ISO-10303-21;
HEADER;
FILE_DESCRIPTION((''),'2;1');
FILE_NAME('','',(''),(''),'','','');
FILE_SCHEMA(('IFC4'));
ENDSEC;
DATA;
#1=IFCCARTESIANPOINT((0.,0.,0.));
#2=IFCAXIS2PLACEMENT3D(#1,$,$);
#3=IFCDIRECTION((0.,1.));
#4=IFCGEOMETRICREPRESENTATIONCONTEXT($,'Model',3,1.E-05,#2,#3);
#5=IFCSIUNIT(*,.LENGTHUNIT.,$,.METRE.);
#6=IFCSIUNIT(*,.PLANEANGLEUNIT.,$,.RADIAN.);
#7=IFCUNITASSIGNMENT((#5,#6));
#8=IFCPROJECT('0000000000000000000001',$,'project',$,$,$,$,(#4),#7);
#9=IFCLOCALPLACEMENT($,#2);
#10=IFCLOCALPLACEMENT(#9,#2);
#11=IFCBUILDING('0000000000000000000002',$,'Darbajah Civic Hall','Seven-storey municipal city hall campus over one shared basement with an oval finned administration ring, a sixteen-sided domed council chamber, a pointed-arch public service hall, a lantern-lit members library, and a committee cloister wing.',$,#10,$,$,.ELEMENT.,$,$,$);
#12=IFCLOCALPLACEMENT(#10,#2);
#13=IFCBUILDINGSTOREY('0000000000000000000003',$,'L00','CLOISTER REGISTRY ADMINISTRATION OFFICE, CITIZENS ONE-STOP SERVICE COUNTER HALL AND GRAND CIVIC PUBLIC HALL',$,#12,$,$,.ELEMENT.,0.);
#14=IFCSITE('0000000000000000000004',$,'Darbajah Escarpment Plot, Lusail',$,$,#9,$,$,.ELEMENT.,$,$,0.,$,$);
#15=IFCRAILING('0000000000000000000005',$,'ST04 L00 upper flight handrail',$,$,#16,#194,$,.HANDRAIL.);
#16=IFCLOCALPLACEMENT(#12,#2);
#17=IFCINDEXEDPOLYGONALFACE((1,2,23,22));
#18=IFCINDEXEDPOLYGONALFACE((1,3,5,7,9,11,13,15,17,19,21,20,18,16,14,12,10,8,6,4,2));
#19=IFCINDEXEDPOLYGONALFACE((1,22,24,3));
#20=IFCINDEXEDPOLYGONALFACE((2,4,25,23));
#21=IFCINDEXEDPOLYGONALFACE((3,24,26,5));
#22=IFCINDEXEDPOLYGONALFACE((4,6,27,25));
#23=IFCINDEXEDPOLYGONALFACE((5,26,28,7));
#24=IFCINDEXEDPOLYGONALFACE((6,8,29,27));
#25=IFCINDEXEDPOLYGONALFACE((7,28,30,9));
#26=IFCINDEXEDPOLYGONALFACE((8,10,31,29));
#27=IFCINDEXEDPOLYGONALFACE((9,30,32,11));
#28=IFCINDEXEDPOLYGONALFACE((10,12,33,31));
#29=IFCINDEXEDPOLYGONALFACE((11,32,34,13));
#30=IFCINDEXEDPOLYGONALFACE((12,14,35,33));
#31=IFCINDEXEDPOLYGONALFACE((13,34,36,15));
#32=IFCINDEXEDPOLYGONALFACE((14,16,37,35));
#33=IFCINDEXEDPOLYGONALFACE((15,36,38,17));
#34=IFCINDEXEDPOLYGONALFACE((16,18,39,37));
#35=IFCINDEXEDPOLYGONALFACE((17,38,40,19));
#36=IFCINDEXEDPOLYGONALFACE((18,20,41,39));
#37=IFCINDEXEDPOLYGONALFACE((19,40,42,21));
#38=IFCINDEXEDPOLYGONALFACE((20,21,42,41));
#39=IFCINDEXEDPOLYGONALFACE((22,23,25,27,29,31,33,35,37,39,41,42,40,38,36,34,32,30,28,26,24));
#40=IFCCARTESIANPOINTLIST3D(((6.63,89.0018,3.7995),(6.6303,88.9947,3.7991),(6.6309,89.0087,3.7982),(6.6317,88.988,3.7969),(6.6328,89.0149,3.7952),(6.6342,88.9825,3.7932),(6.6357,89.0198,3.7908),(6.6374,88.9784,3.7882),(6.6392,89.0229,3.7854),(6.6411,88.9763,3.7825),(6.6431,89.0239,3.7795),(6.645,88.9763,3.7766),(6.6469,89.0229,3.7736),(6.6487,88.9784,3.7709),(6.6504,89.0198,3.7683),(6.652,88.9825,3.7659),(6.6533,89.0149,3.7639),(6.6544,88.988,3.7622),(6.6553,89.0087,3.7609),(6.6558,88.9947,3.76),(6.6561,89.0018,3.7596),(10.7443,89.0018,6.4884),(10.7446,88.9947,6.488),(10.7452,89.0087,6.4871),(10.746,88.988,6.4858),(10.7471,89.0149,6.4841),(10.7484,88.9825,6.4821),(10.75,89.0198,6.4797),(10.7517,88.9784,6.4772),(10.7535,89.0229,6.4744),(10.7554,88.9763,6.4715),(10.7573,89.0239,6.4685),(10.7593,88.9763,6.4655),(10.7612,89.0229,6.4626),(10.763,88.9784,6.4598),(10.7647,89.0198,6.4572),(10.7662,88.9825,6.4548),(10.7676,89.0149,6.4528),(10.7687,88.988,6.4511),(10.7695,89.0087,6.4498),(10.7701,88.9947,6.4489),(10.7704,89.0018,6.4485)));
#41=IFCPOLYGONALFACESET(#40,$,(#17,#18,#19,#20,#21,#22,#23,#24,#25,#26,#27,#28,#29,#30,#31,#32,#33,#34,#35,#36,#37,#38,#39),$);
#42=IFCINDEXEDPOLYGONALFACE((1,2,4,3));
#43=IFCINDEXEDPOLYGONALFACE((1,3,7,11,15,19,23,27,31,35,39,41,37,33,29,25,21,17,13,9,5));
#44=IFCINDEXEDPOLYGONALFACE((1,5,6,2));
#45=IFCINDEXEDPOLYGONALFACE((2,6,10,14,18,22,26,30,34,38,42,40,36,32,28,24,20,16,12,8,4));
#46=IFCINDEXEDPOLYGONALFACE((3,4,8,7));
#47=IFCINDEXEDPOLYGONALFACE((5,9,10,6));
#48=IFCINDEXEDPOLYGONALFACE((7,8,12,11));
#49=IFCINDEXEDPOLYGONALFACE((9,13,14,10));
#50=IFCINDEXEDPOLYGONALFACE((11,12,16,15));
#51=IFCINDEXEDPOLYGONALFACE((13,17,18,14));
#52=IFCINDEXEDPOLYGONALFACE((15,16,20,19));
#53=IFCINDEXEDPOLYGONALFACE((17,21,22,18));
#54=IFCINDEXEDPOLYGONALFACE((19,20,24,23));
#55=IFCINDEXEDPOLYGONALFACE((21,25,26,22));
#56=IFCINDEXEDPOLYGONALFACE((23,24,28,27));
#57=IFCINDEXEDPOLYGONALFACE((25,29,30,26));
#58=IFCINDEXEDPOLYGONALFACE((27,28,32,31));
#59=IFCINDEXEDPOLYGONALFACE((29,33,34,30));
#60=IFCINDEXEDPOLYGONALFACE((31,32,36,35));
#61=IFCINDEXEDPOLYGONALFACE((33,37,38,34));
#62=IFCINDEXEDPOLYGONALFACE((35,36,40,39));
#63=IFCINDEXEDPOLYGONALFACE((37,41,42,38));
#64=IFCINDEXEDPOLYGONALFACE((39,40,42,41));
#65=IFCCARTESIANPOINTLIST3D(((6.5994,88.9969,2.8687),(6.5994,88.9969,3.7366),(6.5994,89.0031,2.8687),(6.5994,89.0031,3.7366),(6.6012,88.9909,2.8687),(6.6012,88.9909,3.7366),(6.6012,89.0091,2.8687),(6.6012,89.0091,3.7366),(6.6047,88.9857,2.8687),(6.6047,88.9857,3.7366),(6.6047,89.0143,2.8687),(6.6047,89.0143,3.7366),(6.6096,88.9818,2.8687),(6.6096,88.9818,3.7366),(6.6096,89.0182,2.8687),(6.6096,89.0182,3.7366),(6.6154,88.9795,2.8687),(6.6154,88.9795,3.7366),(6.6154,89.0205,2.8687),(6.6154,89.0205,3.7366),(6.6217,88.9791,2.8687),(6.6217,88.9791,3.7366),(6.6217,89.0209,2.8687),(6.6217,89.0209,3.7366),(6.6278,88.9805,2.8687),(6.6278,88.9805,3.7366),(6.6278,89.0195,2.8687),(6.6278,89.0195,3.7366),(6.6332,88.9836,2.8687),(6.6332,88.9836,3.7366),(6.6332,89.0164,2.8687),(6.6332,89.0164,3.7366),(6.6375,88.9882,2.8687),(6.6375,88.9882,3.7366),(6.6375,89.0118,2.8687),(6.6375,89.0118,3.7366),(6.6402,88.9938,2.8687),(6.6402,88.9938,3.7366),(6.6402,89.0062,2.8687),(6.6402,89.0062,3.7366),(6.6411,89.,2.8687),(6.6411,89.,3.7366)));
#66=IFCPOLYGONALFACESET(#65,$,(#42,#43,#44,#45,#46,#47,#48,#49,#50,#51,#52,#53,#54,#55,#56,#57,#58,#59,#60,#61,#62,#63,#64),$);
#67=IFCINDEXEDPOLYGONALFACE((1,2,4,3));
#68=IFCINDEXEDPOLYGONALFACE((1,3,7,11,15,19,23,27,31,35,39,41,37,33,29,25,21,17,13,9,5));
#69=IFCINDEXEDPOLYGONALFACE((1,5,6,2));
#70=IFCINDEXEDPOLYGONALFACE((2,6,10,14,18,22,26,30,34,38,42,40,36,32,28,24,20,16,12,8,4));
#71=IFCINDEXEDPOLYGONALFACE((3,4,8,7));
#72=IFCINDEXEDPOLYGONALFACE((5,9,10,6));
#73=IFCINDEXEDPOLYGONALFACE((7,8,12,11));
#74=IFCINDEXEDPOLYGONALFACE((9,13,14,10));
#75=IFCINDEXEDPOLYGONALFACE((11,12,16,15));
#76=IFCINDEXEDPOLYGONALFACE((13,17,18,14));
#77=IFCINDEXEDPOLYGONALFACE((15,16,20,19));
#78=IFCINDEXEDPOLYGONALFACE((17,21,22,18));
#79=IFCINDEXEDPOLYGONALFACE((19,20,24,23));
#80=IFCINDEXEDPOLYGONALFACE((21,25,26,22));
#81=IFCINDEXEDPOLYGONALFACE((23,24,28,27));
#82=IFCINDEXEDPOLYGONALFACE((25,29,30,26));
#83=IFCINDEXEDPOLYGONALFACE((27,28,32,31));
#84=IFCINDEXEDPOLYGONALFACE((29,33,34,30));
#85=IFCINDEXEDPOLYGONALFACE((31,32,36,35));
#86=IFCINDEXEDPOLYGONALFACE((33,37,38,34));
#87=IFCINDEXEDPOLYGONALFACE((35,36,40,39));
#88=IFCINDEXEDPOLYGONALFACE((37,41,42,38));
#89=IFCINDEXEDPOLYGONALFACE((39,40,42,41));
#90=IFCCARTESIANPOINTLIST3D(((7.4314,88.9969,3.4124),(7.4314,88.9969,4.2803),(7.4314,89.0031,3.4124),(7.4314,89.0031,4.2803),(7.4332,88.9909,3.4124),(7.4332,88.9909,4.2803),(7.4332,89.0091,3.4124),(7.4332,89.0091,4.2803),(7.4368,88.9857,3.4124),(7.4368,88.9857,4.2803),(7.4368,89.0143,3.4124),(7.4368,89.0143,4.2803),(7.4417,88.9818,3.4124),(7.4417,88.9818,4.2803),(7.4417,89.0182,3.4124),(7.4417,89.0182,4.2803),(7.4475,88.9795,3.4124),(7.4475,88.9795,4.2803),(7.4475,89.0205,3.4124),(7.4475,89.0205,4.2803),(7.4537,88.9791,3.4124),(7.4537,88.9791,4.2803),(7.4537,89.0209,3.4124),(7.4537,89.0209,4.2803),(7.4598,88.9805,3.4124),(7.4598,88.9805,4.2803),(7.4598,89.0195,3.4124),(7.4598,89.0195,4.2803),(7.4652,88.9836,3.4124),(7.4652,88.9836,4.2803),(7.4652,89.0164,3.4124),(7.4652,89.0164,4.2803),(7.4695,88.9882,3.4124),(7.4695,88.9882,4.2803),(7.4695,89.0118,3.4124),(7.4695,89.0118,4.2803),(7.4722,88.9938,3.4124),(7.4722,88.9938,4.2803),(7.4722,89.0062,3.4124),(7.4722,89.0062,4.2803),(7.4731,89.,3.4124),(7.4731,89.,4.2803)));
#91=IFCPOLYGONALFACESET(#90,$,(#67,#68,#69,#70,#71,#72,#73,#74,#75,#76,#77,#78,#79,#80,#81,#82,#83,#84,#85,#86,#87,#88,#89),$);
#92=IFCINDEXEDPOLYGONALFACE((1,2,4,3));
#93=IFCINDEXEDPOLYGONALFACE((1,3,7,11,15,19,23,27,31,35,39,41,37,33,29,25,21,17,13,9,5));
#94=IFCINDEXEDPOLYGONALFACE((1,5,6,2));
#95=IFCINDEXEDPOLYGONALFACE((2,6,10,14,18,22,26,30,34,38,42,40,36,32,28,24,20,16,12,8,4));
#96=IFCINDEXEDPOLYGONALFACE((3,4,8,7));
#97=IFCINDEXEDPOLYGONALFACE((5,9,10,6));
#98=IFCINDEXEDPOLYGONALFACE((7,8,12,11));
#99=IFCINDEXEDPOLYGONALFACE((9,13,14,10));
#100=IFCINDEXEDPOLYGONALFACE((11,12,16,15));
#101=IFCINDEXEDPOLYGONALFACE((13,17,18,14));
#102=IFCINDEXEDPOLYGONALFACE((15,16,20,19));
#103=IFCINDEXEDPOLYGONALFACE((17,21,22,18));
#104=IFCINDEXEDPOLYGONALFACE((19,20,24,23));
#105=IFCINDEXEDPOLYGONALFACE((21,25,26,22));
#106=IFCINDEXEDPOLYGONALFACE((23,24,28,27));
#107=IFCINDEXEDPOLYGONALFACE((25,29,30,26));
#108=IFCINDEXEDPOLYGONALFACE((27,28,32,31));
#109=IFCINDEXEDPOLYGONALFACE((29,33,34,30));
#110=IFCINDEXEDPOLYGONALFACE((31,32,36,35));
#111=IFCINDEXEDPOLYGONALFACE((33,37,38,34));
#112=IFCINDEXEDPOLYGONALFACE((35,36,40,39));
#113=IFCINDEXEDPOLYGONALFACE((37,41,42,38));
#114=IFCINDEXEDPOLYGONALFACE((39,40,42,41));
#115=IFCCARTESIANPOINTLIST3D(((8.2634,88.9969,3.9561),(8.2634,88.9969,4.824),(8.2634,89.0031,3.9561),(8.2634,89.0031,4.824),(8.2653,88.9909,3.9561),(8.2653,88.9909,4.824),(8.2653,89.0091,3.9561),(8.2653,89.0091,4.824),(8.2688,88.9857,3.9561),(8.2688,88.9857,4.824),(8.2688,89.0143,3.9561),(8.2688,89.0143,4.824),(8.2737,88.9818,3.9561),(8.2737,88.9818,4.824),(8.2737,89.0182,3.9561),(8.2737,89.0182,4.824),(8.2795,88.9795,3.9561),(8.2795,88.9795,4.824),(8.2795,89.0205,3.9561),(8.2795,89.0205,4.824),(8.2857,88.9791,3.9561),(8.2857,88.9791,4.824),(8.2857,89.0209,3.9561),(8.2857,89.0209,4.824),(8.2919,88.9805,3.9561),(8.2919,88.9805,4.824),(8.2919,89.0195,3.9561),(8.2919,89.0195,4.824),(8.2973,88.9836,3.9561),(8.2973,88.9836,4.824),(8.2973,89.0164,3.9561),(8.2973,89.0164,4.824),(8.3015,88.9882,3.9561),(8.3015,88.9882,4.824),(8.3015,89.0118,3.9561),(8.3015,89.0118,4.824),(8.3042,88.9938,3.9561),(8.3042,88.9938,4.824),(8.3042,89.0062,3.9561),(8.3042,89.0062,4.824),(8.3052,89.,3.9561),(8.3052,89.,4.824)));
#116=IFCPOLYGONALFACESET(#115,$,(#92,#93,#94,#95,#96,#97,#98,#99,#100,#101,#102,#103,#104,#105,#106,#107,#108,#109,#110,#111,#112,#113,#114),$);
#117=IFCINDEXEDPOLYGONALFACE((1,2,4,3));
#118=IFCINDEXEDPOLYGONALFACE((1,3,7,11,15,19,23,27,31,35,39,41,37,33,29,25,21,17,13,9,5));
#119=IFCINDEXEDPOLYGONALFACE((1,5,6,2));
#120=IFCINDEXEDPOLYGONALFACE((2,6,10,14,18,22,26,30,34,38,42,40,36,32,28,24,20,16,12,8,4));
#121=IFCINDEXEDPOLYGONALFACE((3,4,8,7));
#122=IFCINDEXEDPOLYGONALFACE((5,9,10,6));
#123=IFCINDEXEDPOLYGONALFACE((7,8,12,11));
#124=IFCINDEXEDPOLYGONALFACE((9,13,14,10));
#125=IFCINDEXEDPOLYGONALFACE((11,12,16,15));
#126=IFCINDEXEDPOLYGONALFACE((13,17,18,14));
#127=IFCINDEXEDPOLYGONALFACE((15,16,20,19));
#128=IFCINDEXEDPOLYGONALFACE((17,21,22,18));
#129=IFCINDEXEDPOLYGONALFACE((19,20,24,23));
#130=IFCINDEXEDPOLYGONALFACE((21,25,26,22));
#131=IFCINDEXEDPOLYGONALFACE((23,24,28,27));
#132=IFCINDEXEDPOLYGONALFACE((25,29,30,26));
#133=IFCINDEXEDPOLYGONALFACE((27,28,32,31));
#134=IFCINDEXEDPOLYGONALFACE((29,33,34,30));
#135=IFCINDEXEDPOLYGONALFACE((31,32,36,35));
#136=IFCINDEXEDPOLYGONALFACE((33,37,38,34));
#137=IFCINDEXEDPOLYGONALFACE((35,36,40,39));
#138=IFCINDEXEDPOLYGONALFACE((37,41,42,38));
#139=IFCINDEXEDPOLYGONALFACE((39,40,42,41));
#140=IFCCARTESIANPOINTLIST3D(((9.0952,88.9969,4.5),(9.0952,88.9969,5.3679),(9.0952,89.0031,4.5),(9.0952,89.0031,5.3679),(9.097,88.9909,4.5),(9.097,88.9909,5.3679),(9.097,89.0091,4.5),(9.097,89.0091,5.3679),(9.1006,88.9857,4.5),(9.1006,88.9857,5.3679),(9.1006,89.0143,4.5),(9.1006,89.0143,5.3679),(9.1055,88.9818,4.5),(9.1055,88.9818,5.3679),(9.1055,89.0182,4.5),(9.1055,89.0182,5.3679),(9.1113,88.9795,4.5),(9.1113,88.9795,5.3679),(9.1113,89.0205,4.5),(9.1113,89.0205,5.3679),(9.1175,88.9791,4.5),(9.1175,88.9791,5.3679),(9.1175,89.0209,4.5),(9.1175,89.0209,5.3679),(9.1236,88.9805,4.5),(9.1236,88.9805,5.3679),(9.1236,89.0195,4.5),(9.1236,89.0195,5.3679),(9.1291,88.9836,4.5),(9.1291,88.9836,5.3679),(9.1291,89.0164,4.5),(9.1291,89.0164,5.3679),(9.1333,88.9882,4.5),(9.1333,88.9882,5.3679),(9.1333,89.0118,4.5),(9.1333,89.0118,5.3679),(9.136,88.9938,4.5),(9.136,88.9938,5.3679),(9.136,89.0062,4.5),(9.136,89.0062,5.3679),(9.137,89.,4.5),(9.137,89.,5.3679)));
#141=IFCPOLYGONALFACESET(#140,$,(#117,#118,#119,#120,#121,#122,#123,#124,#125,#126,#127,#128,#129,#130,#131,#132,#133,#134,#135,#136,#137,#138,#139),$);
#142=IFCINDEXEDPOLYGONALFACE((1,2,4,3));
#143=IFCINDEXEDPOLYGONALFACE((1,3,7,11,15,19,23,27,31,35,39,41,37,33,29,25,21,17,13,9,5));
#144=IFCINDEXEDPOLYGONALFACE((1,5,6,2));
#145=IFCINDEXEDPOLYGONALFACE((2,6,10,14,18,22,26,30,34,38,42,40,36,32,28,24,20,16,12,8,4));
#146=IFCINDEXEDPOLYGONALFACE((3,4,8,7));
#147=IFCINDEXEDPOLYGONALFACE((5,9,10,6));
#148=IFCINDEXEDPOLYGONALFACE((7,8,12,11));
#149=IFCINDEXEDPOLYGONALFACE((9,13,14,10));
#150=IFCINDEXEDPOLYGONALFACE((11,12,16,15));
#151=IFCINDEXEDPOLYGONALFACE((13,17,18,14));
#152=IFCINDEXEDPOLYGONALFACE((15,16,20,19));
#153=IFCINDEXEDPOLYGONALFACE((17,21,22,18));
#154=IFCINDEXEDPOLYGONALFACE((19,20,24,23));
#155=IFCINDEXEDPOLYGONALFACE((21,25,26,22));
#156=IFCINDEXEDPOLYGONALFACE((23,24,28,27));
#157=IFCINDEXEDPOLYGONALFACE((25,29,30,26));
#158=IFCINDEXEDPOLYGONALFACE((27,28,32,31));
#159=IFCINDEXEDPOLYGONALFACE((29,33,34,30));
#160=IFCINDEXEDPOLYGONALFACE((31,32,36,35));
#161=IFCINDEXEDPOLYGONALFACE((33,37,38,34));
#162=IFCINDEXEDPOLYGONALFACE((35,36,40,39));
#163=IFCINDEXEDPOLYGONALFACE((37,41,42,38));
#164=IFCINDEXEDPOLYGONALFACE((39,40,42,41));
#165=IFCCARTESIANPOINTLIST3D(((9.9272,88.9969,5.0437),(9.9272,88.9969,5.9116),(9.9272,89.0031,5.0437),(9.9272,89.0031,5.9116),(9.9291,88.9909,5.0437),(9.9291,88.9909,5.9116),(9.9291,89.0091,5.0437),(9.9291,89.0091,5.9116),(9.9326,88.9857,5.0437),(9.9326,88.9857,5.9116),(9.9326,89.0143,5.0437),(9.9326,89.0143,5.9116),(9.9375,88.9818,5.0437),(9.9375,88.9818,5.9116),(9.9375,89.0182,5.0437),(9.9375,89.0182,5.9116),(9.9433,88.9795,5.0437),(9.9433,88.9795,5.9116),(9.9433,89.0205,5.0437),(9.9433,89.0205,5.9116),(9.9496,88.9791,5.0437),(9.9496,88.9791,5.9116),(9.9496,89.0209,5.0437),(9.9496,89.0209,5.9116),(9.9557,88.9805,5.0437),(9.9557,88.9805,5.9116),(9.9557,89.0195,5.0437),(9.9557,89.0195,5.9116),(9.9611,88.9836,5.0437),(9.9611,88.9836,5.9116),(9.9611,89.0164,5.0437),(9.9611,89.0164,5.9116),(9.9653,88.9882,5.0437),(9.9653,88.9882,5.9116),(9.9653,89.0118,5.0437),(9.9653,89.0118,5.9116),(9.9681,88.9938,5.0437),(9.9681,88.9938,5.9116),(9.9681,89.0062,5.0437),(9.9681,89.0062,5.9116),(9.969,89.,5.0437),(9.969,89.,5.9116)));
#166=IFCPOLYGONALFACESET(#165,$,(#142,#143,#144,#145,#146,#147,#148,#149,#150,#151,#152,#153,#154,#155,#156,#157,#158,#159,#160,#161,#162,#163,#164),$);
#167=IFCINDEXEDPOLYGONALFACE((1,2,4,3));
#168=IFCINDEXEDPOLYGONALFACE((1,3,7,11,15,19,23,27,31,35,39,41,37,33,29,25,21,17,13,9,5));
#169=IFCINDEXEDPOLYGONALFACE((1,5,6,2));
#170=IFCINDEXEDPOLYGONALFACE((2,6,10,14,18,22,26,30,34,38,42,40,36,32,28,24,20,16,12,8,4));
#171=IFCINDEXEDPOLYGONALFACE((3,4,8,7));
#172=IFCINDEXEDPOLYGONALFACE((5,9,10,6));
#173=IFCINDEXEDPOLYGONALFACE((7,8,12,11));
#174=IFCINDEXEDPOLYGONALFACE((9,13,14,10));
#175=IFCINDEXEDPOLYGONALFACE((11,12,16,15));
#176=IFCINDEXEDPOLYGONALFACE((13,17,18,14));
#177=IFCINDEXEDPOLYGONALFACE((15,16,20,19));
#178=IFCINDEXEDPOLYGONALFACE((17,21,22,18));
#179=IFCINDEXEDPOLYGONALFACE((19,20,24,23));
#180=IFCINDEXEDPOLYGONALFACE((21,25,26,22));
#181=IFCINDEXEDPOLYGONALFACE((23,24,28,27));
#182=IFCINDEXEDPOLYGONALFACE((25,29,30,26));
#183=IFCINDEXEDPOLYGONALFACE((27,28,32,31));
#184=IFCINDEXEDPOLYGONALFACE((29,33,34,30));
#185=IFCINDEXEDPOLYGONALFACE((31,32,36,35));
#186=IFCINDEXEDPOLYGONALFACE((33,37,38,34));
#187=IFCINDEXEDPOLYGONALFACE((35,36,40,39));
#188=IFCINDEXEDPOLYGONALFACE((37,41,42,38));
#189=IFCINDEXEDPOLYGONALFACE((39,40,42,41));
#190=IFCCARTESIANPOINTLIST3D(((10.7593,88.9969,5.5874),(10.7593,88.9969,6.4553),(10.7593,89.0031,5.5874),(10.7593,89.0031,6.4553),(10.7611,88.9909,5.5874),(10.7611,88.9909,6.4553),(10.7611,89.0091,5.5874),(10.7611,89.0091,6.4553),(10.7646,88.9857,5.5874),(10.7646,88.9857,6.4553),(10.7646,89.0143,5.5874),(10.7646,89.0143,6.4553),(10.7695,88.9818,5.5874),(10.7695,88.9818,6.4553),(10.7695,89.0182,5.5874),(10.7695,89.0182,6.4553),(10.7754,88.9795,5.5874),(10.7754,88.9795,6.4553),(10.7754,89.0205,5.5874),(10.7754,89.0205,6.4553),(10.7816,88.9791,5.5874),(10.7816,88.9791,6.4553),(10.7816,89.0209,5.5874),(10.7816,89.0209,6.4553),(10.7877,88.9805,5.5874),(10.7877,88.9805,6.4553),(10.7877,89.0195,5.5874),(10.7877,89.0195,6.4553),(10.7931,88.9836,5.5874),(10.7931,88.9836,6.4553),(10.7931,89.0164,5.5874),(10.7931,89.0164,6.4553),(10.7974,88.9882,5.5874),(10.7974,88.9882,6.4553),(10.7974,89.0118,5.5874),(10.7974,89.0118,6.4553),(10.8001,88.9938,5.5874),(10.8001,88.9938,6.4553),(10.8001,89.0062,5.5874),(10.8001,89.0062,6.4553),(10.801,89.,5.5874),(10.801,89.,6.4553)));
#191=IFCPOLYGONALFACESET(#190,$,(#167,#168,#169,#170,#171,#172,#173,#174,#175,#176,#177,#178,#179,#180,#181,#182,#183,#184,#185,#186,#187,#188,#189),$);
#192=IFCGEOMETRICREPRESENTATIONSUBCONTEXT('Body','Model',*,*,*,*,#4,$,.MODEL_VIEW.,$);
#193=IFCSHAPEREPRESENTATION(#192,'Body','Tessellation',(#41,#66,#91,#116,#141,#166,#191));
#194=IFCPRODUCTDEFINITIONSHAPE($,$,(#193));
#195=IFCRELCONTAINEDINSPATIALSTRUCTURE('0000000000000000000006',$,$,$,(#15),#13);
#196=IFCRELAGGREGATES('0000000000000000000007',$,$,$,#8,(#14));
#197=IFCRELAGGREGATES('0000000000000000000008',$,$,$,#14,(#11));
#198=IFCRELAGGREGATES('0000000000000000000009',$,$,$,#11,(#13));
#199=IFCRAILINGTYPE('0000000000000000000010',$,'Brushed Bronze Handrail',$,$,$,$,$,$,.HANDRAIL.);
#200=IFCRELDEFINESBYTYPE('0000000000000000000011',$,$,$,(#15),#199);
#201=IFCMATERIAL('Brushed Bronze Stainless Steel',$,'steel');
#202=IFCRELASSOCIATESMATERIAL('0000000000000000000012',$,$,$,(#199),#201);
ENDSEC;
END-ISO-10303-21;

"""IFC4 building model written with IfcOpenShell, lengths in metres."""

from ifc_helpers import new_model, si_unit, direction, frame, origin, origin_2d, place, context, subcontext, project, spatial, circle, extrude, material, type_object, element, save


model = new_model("IFC4")

# Units and contexts
model_context = context("Model", 3, precision=1e-05, world=origin(), true_north=direction((0.0, 1.0)))
body_context = subcontext(model_context, "Body", "Model", "MODEL_VIEW")
ifc_project = project(units=[si_unit("LENGTHUNIT", "METRE"), si_unit("PLANEANGLEUNIT", "RADIAN")], contexts=[model_context])

# Site, building, storey
site_placement = place(None, origin())
site = spatial("IfcSite", under=ifc_project, at=site_placement, Name="Darbajah Escarpment Plot, Lusail", CompositionType="ELEMENT", RefElevation=0.0)
building_placement = place(site_placement, origin())
building = spatial("IfcBuilding", under=site, at=building_placement, Name="Darbajah Civic Hall", Description="Seven-storey municipal city hall campus over one shared basement with an oval finned administration ring, a sixteen-sided domed council chamber, a pointed-arch public service hall, a lantern-lit members library, and a committee cloister wing.", CompositionType="ELEMENT")
storey_placement = place(building_placement, origin())
storey = spatial("IfcBuildingStorey", under=building, at=storey_placement, Name="L00", Description="CLOISTER REGISTRY ADMINISTRATION OFFICE, CITIZENS ONE-STOP SERVICE COUNTER HALL AND GRAND CIVIC PUBLIC HALL", CompositionType="ELEMENT", Elevation=0.0)

# Railing
ifc_material_1 = material(Name="Brushed Bronze Stainless Steel", Category="steel")
railing_type = type_object("IfcRailingType", Name="Brushed Bronze Handrail", PredefinedType="HANDRAIL", material=ifc_material_1)
railing_placement = place(storey_placement, frame((6.6201, 89.0, 2.8687)))
element("IfcRailing", 1, at=railing_placement, inside=storey, type_object=railing_type, Name="ST04 L00 upper flight handrail", PredefinedType="HANDRAIL", context=body_context, shape_type="SweptSolid", body=[
    extrude(circle(Radius=0.0239, at=origin_2d()), frame((0.0229, 0.0, 0.9109), z_axis=(0.83708, 0.0, 0.547081), x_axis=(0.0, 1.0, 0.0)), (0.0, 0.0, 1.0), 4.915),
    extrude(circle(Radius=0.021, at=origin_2d()), origin(), (0.0, 0.0, 1.0), 0.8679),
    extrude(circle(Radius=0.021, at=origin_2d()), frame((0.832, 0.0, 0.5437)), (0.0, 0.0, 1.0), 0.8679),
    extrude(circle(Radius=0.021, at=origin_2d()), frame((1.6641, 0.0, 1.0874)), (0.0, 0.0, 1.0), 0.8679),
    extrude(circle(Radius=0.021, at=origin_2d()), frame((2.4958, 0.0, 1.6313)), (0.0, 0.0, 1.0), 0.8679),
    extrude(circle(Radius=0.021, at=origin_2d()), frame((3.3279, 0.0, 2.175)), (0.0, 0.0, 1.0), 0.8679),
    extrude(circle(Radius=0.021, at=origin_2d()), frame((4.1599, 0.0, 2.7188)), (0.0, 0.0, 1.0), 0.8679),
])

save(model, "model.ifc")
